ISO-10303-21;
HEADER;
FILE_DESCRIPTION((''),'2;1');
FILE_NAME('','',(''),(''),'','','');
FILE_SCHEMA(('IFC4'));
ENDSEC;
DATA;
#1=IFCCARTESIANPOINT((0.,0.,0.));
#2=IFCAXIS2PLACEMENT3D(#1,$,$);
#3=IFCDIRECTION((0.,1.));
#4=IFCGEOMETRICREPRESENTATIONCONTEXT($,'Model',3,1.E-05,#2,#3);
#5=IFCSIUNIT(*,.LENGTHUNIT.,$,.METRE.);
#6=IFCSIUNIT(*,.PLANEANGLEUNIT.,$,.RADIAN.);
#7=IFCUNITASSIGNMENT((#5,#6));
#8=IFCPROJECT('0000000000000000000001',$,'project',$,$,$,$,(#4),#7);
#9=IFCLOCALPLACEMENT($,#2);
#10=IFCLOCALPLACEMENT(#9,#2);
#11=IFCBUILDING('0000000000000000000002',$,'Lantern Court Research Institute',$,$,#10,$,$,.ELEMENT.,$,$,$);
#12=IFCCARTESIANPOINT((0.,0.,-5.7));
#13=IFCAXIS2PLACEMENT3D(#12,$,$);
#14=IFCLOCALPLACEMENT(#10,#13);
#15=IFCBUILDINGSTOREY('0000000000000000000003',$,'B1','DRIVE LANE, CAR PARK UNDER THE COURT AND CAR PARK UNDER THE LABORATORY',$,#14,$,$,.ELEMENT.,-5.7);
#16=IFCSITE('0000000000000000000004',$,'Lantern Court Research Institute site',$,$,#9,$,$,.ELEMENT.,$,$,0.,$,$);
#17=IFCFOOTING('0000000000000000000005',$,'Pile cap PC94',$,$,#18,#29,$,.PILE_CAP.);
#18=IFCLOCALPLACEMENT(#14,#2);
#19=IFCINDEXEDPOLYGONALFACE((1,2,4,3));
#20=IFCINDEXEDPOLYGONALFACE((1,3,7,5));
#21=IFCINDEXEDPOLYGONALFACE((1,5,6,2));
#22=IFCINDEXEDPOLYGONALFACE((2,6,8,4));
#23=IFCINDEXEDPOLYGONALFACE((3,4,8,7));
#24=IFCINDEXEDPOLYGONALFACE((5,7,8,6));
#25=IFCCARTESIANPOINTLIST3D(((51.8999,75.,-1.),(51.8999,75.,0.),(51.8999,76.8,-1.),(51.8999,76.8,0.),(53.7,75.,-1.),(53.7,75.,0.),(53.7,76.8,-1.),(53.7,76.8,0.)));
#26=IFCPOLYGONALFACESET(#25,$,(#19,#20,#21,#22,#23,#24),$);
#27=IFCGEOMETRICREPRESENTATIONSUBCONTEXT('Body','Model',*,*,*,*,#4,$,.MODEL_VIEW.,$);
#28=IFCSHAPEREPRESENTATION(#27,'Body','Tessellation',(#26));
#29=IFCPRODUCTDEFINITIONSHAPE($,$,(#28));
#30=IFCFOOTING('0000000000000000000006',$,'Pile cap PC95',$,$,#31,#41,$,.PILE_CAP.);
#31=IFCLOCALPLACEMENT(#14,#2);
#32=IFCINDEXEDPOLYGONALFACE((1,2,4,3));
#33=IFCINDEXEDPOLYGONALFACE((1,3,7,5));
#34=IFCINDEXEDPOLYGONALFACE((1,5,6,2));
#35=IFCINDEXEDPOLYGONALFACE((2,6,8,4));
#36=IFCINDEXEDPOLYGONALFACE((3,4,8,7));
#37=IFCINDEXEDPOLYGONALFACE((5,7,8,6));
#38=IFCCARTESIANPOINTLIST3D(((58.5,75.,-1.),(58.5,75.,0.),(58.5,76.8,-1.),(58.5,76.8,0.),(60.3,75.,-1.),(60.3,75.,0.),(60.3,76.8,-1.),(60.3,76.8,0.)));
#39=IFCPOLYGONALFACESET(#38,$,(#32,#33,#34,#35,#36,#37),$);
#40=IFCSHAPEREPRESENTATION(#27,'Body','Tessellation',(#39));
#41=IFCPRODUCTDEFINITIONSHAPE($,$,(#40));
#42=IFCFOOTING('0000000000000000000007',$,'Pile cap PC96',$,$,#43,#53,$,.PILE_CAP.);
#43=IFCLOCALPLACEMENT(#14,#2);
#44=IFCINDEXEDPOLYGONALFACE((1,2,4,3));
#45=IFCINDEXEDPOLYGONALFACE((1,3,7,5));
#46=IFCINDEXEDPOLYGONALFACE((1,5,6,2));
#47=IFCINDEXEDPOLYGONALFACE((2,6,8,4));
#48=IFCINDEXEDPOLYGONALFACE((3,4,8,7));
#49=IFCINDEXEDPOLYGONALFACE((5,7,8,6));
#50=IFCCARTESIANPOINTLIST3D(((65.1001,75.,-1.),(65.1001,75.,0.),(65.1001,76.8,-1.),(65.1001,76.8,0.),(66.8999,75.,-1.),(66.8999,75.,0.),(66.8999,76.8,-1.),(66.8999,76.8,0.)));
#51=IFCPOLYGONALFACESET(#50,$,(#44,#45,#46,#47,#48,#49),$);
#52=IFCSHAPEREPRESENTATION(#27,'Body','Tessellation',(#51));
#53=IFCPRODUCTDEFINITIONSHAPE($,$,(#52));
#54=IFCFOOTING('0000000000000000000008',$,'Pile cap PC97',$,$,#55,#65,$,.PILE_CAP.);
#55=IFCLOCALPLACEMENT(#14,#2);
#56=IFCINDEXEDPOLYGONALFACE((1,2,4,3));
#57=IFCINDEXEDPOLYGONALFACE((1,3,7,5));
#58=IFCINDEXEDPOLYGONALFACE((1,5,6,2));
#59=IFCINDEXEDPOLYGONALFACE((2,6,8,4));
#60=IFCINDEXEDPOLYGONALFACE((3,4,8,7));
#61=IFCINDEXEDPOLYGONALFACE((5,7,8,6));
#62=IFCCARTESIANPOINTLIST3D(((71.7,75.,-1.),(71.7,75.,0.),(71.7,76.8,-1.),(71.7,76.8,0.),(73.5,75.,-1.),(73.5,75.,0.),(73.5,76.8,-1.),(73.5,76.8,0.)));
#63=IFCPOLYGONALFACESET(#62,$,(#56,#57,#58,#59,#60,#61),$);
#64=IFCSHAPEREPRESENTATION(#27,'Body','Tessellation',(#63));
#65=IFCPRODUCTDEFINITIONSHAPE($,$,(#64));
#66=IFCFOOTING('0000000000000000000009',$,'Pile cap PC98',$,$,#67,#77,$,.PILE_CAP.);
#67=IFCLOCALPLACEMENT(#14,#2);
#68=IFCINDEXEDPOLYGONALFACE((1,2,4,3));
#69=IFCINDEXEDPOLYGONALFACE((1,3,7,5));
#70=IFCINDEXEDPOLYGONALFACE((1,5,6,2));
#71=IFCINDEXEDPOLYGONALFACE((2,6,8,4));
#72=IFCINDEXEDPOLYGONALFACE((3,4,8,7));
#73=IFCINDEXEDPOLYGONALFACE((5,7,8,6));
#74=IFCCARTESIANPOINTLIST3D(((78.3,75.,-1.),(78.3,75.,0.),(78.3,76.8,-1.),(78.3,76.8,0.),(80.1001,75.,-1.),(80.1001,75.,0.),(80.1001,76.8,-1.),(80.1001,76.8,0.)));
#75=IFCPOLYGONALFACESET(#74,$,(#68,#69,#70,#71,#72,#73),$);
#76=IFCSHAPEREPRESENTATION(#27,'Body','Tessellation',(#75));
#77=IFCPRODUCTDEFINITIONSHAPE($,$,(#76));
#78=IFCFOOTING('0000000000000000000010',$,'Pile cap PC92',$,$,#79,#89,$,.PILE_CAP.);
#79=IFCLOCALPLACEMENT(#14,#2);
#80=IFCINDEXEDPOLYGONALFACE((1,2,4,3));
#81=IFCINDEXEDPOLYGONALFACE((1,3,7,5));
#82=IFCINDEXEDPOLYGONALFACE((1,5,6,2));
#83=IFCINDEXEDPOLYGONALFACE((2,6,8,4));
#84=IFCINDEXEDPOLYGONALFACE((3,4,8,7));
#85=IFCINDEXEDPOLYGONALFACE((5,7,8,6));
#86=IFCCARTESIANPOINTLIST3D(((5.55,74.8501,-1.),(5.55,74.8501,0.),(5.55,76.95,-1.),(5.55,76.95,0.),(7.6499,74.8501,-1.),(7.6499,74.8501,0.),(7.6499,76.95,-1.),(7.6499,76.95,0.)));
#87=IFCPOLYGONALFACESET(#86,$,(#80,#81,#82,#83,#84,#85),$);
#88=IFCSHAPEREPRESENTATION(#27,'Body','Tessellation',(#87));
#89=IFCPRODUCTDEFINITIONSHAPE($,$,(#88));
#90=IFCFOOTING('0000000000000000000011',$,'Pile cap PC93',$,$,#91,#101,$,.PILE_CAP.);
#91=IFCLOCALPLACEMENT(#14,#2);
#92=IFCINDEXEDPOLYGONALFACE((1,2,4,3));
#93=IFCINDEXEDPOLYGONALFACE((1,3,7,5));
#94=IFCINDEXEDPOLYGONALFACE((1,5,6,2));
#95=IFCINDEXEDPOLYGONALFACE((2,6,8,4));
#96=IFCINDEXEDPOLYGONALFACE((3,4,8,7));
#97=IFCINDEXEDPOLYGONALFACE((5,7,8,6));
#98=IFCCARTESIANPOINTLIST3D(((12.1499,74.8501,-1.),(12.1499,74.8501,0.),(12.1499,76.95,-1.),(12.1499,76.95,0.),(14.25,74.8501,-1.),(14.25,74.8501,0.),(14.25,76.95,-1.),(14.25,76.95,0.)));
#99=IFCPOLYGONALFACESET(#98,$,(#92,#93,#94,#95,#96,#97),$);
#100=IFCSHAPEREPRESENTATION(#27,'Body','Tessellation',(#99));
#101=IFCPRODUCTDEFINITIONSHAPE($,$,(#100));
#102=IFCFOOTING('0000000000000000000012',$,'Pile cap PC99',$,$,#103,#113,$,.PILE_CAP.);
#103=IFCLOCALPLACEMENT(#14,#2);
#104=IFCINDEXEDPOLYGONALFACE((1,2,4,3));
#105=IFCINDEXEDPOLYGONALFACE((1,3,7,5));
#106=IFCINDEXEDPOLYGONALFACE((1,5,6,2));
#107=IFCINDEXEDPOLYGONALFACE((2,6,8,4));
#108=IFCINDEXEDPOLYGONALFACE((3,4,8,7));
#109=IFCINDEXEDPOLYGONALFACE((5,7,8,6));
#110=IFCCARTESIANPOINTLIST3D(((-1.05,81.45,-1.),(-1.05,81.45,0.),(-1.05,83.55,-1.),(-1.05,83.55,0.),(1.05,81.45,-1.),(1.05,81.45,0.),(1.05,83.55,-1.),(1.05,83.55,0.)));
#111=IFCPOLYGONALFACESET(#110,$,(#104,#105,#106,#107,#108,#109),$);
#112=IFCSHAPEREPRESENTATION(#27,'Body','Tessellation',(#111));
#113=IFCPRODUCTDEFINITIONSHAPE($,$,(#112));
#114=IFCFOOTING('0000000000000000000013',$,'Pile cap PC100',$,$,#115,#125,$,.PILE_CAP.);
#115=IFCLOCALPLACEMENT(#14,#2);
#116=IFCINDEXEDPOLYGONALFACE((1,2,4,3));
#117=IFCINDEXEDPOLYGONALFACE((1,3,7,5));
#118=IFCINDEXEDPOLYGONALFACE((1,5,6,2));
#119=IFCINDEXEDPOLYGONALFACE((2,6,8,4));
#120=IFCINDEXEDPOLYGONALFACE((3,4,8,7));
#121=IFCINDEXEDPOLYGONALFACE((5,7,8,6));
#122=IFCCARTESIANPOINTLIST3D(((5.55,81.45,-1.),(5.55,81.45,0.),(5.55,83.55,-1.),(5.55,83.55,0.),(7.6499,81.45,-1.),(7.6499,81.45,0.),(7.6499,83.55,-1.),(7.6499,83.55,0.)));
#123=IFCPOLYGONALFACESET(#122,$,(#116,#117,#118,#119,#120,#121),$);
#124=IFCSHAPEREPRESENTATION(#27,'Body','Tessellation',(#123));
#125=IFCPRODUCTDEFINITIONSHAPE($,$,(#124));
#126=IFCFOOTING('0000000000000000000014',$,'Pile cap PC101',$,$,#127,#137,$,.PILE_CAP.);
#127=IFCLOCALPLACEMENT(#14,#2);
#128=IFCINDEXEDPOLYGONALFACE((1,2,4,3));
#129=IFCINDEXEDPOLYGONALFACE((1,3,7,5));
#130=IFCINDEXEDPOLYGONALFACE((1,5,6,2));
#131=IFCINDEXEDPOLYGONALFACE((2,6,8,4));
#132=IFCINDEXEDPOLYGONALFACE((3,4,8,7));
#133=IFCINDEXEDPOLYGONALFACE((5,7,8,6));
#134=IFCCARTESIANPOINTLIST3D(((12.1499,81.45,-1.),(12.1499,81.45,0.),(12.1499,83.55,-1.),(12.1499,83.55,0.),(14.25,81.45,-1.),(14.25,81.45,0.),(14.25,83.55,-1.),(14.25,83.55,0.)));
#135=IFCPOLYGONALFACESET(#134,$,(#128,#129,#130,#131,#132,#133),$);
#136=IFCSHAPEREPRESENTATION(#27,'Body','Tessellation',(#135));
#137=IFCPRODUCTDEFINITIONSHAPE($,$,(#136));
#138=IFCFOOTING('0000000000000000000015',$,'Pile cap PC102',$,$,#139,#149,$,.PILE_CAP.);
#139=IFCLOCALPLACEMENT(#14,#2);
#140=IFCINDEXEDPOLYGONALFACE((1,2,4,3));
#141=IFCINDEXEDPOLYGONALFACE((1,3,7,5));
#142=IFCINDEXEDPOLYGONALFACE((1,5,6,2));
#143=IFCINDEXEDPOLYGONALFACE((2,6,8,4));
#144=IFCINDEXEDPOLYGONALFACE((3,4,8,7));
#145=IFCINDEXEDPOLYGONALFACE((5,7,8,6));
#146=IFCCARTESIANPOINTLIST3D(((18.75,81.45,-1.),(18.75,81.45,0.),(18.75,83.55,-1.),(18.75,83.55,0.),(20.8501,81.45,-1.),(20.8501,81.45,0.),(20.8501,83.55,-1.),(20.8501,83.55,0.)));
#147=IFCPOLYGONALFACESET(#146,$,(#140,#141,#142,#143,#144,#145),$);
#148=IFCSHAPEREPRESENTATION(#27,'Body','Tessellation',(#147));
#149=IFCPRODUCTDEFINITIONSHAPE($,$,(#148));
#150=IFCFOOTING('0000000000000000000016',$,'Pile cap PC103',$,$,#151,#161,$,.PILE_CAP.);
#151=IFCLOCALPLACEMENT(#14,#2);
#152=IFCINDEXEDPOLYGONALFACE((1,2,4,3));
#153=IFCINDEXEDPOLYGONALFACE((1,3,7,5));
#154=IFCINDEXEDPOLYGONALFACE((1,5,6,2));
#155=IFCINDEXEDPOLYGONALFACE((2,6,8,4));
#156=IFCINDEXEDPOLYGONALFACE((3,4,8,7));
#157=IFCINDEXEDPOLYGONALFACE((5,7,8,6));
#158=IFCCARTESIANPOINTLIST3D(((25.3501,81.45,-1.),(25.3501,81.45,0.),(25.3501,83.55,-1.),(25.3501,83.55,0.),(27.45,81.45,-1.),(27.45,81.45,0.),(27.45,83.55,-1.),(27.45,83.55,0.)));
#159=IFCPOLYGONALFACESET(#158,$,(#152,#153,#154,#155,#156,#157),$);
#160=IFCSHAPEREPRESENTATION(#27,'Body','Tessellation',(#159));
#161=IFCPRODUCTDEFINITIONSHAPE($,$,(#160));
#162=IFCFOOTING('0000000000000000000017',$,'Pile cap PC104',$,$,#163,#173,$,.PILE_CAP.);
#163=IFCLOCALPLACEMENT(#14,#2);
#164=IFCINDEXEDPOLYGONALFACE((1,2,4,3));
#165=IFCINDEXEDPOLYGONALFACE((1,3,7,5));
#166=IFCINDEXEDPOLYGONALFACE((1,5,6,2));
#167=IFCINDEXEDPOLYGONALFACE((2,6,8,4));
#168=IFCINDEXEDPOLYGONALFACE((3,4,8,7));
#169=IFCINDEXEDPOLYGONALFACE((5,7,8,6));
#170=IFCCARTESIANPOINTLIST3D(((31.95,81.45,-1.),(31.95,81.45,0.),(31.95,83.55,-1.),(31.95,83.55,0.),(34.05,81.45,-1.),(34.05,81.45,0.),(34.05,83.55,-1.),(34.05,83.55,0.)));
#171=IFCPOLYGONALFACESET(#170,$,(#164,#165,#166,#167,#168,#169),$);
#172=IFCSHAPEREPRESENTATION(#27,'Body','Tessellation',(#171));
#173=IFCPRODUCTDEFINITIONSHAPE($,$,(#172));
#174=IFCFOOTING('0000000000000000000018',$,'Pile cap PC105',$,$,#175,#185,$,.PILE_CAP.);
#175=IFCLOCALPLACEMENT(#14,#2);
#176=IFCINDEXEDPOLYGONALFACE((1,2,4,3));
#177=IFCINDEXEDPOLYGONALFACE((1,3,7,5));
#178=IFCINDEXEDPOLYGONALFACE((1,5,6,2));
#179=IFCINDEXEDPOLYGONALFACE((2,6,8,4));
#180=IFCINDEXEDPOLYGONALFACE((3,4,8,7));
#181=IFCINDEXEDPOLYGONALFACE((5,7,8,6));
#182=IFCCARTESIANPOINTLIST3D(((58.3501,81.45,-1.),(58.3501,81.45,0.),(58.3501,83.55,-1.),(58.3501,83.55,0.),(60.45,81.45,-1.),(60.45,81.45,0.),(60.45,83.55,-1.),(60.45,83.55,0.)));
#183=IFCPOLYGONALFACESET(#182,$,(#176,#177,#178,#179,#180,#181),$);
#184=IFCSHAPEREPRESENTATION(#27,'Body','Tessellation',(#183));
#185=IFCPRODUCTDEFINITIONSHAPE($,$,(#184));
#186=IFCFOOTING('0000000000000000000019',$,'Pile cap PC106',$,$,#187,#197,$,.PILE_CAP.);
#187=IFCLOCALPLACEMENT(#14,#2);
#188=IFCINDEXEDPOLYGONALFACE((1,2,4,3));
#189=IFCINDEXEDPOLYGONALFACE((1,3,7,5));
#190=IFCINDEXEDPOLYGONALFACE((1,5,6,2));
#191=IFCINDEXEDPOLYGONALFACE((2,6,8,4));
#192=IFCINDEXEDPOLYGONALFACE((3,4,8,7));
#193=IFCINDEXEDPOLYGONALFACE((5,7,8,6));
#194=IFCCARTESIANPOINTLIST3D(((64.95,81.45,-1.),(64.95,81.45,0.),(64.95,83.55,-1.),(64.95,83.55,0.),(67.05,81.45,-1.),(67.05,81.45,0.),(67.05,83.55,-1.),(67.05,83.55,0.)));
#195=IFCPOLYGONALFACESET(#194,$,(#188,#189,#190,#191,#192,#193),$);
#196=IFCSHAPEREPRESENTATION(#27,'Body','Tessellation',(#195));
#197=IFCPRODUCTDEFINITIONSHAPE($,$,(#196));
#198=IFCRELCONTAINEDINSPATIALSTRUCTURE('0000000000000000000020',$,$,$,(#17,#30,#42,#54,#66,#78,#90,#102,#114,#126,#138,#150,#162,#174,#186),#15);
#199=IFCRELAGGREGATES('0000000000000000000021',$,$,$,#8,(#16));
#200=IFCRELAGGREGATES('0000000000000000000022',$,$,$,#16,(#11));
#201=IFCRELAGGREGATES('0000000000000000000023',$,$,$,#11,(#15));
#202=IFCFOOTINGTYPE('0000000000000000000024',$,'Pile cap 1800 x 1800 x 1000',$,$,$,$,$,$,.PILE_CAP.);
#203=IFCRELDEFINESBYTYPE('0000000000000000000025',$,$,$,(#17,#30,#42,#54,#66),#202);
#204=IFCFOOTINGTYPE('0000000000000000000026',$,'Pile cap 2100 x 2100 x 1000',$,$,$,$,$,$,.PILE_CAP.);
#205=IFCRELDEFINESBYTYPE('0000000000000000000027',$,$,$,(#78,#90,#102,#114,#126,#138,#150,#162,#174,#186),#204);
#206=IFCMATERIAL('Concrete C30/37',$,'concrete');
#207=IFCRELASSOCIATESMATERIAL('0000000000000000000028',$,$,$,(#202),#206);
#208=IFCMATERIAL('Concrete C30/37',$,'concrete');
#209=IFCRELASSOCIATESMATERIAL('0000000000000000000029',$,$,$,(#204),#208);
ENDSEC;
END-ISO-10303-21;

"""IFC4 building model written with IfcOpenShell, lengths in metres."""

from ifc_helpers import new_model, si_unit, direction, frame, origin, place, context, subcontext, project, spatial, polyline, outline, extrude, material, type_object, element, save


model = new_model("IFC4")

# Units and contexts
model_context = context("Model", 3, precision=1e-05, world=origin(), true_north=direction((0.0, 1.0)))
body_context = subcontext(model_context, "Body", "Model", "MODEL_VIEW")
ifc_project = project(units=[si_unit("LENGTHUNIT", "METRE"), si_unit("PLANEANGLEUNIT", "RADIAN")], contexts=[model_context])

# Site, building, storey
site_placement = place(None, origin())
site = spatial("IfcSite", under=ifc_project, at=site_placement, Name="Lantern Court Research Institute site", CompositionType="ELEMENT", RefElevation=0.0)
building_placement = place(site_placement, origin())
building = spatial("IfcBuilding", under=site, at=building_placement, Name="Lantern Court Research Institute", CompositionType="ELEMENT")
storey_placement = place(building_placement, frame((0.0, 0.0, -5.7)))
storey = spatial("IfcBuildingStorey", under=building, at=storey_placement, Name="B1", Description="DRIVE LANE, CAR PARK UNDER THE COURT AND CAR PARK UNDER THE LABORATORY", CompositionType="ELEMENT", Elevation=-5.7)

# Footings
ifc_material_1 = material(Name="Concrete C30/37", Category="concrete")
footing_type_1 = type_object("IfcFootingType", Name="Pile cap 1800 x 1800 x 1000", PredefinedType="PILE_CAP", material=ifc_material_1)
footing_1_placement = place(storey_placement, frame((0.0, 0.0, -1.0)))
element("IfcFooting", 1, at=footing_1_placement, inside=storey, type_object=footing_type_1, Name="Pile cap PC94", PredefinedType="PILE_CAP", context=body_context, shape_type="SweptSolid", body=[
    extrude(outline(polyline([(51.8999, 75.0), (53.7, 75.0), (53.7, 76.8), (51.8999, 76.8), (51.8999, 75.0)])), origin(), (0.0, 0.0, 1.0), 1.0),
])
footing_2_placement = place(storey_placement, frame((0.0, 0.0, -1.0)))
element("IfcFooting", 2, at=footing_2_placement, inside=storey, type_object=footing_type_1, Name="Pile cap PC95", PredefinedType="PILE_CAP", context=body_context, shape_type="SweptSolid", body=[
    extrude(outline(polyline([(58.5, 75.0), (60.3, 75.0), (60.3, 76.8), (58.5, 76.8), (58.5, 75.0)])), origin(), (0.0, 0.0, 1.0), 1.0),
])
footing_3_placement = place(storey_placement, frame((0.0, 0.0, -1.0)))
element("IfcFooting", 3, at=footing_3_placement, inside=storey, type_object=footing_type_1, Name="Pile cap PC96", PredefinedType="PILE_CAP", context=body_context, shape_type="SweptSolid", body=[
    extrude(outline(polyline([(65.1001, 75.0), (66.8999, 75.0), (66.8999, 76.8), (65.1001, 76.8), (65.1001, 75.0)])), origin(), (0.0, 0.0, 1.0), 1.0),
])
footing_4_placement = place(storey_placement, frame((0.0, 0.0, -1.0)))
element("IfcFooting", 4, at=footing_4_placement, inside=storey, type_object=footing_type_1, Name="Pile cap PC97", PredefinedType="PILE_CAP", context=body_context, shape_type="SweptSolid", body=[
    extrude(outline(polyline([(71.7, 75.0), (73.5, 75.0), (73.5, 76.8), (71.7, 76.8), (71.7, 75.0)])), origin(), (0.0, 0.0, 1.0), 1.0),
])
footing_5_placement = place(storey_placement, frame((0.0, 0.0, -1.0)))
element("IfcFooting", 5, at=footing_5_placement, inside=storey, type_object=footing_type_1, Name="Pile cap PC98", PredefinedType="PILE_CAP", context=body_context, shape_type="SweptSolid", body=[
    extrude(outline(polyline([(78.3, 75.0), (80.1001, 75.0), (80.1001, 76.8), (78.3, 76.8), (78.3, 75.0)])), origin(), (0.0, 0.0, 1.0), 1.0),
])
ifc_material_2 = material(Name="Concrete C30/37", Category="concrete")
footing_type_2 = type_object("IfcFootingType", Name="Pile cap 2100 x 2100 x 1000", PredefinedType="PILE_CAP", material=ifc_material_2)
footing_6_placement = place(storey_placement, frame((0.0, 0.0, -1.0)))
element("IfcFooting", 6, at=footing_6_placement, inside=storey, type_object=footing_type_2, Name="Pile cap PC92", PredefinedType="PILE_CAP", context=body_context, shape_type="SweptSolid", body=[
    extrude(outline(polyline([(5.55, 74.8501), (7.6499, 74.8501), (7.6499, 76.95), (5.55, 76.95), (5.55, 74.8501)])), origin(), (0.0, 0.0, 1.0), 1.0),
])
footing_7_placement = place(storey_placement, frame((0.0, 0.0, -1.0)))
element("IfcFooting", 7, at=footing_7_placement, inside=storey, type_object=footing_type_2, Name="Pile cap PC93", PredefinedType="PILE_CAP", context=body_context, shape_type="SweptSolid", body=[
    extrude(outline(polyline([(12.1499, 74.8501), (14.25, 74.8501), (14.25, 76.95), (12.1499, 76.95), (12.1499, 74.8501)])), origin(), (0.0, 0.0, 1.0), 1.0),
])
footing_8_placement = place(storey_placement, frame((0.0, 0.0, -1.0)))
element("IfcFooting", 8, at=footing_8_placement, inside=storey, type_object=footing_type_2, Name="Pile cap PC99", PredefinedType="PILE_CAP", context=body_context, shape_type="SweptSolid", body=[
    extrude(outline(polyline([(-1.05, 81.45), (1.05, 81.45), (1.05, 83.55), (-1.05, 83.55), (-1.05, 81.45)])), origin(), (0.0, 0.0, 1.0), 1.0),
])
footing_9_placement = place(storey_placement, frame((0.0, 0.0, -1.0)))
element("IfcFooting", 9, at=footing_9_placement, inside=storey, type_object=footing_type_2, Name="Pile cap PC100", PredefinedType="PILE_CAP", context=body_context, shape_type="SweptSolid", body=[
    extrude(outline(polyline([(5.55, 81.45), (7.6499, 81.45), (7.6499, 83.55), (5.55, 83.55), (5.55, 81.45)])), origin(), (0.0, 0.0, 1.0), 1.0),
])
footing_10_placement = place(storey_placement, frame((0.0, 0.0, -1.0)))
element("IfcFooting", 10, at=footing_10_placement, inside=storey, type_object=footing_type_2, Name="Pile cap PC101", PredefinedType="PILE_CAP", context=body_context, shape_type="SweptSolid", body=[
    extrude(outline(polyline([(12.1499, 81.45), (14.25, 81.45), (14.25, 83.55), (12.1499, 83.55), (12.1499, 81.45)])), origin(), (0.0, 0.0, 1.0), 1.0),
])
footing_11_placement = place(storey_placement, frame((0.0, 0.0, -1.0)))
element("IfcFooting", 11, at=footing_11_placement, inside=storey, type_object=footing_type_2, Name="Pile cap PC102", PredefinedType="PILE_CAP", context=body_context, shape_type="SweptSolid", body=[
    extrude(outline(polyline([(18.75, 81.45), (20.8501, 81.45), (20.8501, 83.55), (18.75, 83.55), (18.75, 81.45)])), origin(), (0.0, 0.0, 1.0), 1.0),
])
footing_12_placement = place(storey_placement, frame((0.0, 0.0, -1.0)))
element("IfcFooting", 12, at=footing_12_placement, inside=storey, type_object=footing_type_2, Name="Pile cap PC103", PredefinedType="PILE_CAP", context=body_context, shape_type="SweptSolid", body=[
    extrude(outline(polyline([(25.3501, 81.45), (27.45, 81.45), (27.45, 83.55), (25.3501, 83.55), (25.3501, 81.45)])), origin(), (0.0, 0.0, 1.0), 1.0),
])
footing_13_placement = place(storey_placement, frame((0.0, 0.0, -1.0)))
element("IfcFooting", 13, at=footing_13_placement, inside=storey, type_object=footing_type_2, Name="Pile cap PC104", PredefinedType="PILE_CAP", context=body_context, shape_type="SweptSolid", body=[
    extrude(outline(polyline([(31.95, 81.45), (34.05, 81.45), (34.05, 83.55), (31.95, 83.55), (31.95, 81.45)])), origin(), (0.0, 0.0, 1.0), 1.0),
])
footing_14_placement = place(storey_placement, frame((0.0, 0.0, -1.0)))
element("IfcFooting", 14, at=footing_14_placement, inside=storey, type_object=footing_type_2, Name="Pile cap PC105", PredefinedType="PILE_CAP", context=body_context, shape_type="SweptSolid", body=[
    extrude(outline(polyline([(58.3501, 81.45), (60.45, 81.45), (60.45, 83.55), (58.3501, 83.55), (58.3501, 81.45)])), origin(), (0.0, 0.0, 1.0), 1.0),
])
footing_15_placement = place(storey_placement, frame((0.0, 0.0, -1.0)))
element("IfcFooting", 15, at=footing_15_placement, inside=storey, type_object=footing_type_2, Name="Pile cap PC106", PredefinedType="PILE_CAP", context=body_context, shape_type="SweptSolid", body=[
    extrude(outline(polyline([(64.95, 81.45), (67.05, 81.45), (67.05, 83.55), (64.95, 83.55), (64.95, 81.45)])), origin(), (0.0, 0.0, 1.0), 1.0),
])

save(model, "model.ifc")
